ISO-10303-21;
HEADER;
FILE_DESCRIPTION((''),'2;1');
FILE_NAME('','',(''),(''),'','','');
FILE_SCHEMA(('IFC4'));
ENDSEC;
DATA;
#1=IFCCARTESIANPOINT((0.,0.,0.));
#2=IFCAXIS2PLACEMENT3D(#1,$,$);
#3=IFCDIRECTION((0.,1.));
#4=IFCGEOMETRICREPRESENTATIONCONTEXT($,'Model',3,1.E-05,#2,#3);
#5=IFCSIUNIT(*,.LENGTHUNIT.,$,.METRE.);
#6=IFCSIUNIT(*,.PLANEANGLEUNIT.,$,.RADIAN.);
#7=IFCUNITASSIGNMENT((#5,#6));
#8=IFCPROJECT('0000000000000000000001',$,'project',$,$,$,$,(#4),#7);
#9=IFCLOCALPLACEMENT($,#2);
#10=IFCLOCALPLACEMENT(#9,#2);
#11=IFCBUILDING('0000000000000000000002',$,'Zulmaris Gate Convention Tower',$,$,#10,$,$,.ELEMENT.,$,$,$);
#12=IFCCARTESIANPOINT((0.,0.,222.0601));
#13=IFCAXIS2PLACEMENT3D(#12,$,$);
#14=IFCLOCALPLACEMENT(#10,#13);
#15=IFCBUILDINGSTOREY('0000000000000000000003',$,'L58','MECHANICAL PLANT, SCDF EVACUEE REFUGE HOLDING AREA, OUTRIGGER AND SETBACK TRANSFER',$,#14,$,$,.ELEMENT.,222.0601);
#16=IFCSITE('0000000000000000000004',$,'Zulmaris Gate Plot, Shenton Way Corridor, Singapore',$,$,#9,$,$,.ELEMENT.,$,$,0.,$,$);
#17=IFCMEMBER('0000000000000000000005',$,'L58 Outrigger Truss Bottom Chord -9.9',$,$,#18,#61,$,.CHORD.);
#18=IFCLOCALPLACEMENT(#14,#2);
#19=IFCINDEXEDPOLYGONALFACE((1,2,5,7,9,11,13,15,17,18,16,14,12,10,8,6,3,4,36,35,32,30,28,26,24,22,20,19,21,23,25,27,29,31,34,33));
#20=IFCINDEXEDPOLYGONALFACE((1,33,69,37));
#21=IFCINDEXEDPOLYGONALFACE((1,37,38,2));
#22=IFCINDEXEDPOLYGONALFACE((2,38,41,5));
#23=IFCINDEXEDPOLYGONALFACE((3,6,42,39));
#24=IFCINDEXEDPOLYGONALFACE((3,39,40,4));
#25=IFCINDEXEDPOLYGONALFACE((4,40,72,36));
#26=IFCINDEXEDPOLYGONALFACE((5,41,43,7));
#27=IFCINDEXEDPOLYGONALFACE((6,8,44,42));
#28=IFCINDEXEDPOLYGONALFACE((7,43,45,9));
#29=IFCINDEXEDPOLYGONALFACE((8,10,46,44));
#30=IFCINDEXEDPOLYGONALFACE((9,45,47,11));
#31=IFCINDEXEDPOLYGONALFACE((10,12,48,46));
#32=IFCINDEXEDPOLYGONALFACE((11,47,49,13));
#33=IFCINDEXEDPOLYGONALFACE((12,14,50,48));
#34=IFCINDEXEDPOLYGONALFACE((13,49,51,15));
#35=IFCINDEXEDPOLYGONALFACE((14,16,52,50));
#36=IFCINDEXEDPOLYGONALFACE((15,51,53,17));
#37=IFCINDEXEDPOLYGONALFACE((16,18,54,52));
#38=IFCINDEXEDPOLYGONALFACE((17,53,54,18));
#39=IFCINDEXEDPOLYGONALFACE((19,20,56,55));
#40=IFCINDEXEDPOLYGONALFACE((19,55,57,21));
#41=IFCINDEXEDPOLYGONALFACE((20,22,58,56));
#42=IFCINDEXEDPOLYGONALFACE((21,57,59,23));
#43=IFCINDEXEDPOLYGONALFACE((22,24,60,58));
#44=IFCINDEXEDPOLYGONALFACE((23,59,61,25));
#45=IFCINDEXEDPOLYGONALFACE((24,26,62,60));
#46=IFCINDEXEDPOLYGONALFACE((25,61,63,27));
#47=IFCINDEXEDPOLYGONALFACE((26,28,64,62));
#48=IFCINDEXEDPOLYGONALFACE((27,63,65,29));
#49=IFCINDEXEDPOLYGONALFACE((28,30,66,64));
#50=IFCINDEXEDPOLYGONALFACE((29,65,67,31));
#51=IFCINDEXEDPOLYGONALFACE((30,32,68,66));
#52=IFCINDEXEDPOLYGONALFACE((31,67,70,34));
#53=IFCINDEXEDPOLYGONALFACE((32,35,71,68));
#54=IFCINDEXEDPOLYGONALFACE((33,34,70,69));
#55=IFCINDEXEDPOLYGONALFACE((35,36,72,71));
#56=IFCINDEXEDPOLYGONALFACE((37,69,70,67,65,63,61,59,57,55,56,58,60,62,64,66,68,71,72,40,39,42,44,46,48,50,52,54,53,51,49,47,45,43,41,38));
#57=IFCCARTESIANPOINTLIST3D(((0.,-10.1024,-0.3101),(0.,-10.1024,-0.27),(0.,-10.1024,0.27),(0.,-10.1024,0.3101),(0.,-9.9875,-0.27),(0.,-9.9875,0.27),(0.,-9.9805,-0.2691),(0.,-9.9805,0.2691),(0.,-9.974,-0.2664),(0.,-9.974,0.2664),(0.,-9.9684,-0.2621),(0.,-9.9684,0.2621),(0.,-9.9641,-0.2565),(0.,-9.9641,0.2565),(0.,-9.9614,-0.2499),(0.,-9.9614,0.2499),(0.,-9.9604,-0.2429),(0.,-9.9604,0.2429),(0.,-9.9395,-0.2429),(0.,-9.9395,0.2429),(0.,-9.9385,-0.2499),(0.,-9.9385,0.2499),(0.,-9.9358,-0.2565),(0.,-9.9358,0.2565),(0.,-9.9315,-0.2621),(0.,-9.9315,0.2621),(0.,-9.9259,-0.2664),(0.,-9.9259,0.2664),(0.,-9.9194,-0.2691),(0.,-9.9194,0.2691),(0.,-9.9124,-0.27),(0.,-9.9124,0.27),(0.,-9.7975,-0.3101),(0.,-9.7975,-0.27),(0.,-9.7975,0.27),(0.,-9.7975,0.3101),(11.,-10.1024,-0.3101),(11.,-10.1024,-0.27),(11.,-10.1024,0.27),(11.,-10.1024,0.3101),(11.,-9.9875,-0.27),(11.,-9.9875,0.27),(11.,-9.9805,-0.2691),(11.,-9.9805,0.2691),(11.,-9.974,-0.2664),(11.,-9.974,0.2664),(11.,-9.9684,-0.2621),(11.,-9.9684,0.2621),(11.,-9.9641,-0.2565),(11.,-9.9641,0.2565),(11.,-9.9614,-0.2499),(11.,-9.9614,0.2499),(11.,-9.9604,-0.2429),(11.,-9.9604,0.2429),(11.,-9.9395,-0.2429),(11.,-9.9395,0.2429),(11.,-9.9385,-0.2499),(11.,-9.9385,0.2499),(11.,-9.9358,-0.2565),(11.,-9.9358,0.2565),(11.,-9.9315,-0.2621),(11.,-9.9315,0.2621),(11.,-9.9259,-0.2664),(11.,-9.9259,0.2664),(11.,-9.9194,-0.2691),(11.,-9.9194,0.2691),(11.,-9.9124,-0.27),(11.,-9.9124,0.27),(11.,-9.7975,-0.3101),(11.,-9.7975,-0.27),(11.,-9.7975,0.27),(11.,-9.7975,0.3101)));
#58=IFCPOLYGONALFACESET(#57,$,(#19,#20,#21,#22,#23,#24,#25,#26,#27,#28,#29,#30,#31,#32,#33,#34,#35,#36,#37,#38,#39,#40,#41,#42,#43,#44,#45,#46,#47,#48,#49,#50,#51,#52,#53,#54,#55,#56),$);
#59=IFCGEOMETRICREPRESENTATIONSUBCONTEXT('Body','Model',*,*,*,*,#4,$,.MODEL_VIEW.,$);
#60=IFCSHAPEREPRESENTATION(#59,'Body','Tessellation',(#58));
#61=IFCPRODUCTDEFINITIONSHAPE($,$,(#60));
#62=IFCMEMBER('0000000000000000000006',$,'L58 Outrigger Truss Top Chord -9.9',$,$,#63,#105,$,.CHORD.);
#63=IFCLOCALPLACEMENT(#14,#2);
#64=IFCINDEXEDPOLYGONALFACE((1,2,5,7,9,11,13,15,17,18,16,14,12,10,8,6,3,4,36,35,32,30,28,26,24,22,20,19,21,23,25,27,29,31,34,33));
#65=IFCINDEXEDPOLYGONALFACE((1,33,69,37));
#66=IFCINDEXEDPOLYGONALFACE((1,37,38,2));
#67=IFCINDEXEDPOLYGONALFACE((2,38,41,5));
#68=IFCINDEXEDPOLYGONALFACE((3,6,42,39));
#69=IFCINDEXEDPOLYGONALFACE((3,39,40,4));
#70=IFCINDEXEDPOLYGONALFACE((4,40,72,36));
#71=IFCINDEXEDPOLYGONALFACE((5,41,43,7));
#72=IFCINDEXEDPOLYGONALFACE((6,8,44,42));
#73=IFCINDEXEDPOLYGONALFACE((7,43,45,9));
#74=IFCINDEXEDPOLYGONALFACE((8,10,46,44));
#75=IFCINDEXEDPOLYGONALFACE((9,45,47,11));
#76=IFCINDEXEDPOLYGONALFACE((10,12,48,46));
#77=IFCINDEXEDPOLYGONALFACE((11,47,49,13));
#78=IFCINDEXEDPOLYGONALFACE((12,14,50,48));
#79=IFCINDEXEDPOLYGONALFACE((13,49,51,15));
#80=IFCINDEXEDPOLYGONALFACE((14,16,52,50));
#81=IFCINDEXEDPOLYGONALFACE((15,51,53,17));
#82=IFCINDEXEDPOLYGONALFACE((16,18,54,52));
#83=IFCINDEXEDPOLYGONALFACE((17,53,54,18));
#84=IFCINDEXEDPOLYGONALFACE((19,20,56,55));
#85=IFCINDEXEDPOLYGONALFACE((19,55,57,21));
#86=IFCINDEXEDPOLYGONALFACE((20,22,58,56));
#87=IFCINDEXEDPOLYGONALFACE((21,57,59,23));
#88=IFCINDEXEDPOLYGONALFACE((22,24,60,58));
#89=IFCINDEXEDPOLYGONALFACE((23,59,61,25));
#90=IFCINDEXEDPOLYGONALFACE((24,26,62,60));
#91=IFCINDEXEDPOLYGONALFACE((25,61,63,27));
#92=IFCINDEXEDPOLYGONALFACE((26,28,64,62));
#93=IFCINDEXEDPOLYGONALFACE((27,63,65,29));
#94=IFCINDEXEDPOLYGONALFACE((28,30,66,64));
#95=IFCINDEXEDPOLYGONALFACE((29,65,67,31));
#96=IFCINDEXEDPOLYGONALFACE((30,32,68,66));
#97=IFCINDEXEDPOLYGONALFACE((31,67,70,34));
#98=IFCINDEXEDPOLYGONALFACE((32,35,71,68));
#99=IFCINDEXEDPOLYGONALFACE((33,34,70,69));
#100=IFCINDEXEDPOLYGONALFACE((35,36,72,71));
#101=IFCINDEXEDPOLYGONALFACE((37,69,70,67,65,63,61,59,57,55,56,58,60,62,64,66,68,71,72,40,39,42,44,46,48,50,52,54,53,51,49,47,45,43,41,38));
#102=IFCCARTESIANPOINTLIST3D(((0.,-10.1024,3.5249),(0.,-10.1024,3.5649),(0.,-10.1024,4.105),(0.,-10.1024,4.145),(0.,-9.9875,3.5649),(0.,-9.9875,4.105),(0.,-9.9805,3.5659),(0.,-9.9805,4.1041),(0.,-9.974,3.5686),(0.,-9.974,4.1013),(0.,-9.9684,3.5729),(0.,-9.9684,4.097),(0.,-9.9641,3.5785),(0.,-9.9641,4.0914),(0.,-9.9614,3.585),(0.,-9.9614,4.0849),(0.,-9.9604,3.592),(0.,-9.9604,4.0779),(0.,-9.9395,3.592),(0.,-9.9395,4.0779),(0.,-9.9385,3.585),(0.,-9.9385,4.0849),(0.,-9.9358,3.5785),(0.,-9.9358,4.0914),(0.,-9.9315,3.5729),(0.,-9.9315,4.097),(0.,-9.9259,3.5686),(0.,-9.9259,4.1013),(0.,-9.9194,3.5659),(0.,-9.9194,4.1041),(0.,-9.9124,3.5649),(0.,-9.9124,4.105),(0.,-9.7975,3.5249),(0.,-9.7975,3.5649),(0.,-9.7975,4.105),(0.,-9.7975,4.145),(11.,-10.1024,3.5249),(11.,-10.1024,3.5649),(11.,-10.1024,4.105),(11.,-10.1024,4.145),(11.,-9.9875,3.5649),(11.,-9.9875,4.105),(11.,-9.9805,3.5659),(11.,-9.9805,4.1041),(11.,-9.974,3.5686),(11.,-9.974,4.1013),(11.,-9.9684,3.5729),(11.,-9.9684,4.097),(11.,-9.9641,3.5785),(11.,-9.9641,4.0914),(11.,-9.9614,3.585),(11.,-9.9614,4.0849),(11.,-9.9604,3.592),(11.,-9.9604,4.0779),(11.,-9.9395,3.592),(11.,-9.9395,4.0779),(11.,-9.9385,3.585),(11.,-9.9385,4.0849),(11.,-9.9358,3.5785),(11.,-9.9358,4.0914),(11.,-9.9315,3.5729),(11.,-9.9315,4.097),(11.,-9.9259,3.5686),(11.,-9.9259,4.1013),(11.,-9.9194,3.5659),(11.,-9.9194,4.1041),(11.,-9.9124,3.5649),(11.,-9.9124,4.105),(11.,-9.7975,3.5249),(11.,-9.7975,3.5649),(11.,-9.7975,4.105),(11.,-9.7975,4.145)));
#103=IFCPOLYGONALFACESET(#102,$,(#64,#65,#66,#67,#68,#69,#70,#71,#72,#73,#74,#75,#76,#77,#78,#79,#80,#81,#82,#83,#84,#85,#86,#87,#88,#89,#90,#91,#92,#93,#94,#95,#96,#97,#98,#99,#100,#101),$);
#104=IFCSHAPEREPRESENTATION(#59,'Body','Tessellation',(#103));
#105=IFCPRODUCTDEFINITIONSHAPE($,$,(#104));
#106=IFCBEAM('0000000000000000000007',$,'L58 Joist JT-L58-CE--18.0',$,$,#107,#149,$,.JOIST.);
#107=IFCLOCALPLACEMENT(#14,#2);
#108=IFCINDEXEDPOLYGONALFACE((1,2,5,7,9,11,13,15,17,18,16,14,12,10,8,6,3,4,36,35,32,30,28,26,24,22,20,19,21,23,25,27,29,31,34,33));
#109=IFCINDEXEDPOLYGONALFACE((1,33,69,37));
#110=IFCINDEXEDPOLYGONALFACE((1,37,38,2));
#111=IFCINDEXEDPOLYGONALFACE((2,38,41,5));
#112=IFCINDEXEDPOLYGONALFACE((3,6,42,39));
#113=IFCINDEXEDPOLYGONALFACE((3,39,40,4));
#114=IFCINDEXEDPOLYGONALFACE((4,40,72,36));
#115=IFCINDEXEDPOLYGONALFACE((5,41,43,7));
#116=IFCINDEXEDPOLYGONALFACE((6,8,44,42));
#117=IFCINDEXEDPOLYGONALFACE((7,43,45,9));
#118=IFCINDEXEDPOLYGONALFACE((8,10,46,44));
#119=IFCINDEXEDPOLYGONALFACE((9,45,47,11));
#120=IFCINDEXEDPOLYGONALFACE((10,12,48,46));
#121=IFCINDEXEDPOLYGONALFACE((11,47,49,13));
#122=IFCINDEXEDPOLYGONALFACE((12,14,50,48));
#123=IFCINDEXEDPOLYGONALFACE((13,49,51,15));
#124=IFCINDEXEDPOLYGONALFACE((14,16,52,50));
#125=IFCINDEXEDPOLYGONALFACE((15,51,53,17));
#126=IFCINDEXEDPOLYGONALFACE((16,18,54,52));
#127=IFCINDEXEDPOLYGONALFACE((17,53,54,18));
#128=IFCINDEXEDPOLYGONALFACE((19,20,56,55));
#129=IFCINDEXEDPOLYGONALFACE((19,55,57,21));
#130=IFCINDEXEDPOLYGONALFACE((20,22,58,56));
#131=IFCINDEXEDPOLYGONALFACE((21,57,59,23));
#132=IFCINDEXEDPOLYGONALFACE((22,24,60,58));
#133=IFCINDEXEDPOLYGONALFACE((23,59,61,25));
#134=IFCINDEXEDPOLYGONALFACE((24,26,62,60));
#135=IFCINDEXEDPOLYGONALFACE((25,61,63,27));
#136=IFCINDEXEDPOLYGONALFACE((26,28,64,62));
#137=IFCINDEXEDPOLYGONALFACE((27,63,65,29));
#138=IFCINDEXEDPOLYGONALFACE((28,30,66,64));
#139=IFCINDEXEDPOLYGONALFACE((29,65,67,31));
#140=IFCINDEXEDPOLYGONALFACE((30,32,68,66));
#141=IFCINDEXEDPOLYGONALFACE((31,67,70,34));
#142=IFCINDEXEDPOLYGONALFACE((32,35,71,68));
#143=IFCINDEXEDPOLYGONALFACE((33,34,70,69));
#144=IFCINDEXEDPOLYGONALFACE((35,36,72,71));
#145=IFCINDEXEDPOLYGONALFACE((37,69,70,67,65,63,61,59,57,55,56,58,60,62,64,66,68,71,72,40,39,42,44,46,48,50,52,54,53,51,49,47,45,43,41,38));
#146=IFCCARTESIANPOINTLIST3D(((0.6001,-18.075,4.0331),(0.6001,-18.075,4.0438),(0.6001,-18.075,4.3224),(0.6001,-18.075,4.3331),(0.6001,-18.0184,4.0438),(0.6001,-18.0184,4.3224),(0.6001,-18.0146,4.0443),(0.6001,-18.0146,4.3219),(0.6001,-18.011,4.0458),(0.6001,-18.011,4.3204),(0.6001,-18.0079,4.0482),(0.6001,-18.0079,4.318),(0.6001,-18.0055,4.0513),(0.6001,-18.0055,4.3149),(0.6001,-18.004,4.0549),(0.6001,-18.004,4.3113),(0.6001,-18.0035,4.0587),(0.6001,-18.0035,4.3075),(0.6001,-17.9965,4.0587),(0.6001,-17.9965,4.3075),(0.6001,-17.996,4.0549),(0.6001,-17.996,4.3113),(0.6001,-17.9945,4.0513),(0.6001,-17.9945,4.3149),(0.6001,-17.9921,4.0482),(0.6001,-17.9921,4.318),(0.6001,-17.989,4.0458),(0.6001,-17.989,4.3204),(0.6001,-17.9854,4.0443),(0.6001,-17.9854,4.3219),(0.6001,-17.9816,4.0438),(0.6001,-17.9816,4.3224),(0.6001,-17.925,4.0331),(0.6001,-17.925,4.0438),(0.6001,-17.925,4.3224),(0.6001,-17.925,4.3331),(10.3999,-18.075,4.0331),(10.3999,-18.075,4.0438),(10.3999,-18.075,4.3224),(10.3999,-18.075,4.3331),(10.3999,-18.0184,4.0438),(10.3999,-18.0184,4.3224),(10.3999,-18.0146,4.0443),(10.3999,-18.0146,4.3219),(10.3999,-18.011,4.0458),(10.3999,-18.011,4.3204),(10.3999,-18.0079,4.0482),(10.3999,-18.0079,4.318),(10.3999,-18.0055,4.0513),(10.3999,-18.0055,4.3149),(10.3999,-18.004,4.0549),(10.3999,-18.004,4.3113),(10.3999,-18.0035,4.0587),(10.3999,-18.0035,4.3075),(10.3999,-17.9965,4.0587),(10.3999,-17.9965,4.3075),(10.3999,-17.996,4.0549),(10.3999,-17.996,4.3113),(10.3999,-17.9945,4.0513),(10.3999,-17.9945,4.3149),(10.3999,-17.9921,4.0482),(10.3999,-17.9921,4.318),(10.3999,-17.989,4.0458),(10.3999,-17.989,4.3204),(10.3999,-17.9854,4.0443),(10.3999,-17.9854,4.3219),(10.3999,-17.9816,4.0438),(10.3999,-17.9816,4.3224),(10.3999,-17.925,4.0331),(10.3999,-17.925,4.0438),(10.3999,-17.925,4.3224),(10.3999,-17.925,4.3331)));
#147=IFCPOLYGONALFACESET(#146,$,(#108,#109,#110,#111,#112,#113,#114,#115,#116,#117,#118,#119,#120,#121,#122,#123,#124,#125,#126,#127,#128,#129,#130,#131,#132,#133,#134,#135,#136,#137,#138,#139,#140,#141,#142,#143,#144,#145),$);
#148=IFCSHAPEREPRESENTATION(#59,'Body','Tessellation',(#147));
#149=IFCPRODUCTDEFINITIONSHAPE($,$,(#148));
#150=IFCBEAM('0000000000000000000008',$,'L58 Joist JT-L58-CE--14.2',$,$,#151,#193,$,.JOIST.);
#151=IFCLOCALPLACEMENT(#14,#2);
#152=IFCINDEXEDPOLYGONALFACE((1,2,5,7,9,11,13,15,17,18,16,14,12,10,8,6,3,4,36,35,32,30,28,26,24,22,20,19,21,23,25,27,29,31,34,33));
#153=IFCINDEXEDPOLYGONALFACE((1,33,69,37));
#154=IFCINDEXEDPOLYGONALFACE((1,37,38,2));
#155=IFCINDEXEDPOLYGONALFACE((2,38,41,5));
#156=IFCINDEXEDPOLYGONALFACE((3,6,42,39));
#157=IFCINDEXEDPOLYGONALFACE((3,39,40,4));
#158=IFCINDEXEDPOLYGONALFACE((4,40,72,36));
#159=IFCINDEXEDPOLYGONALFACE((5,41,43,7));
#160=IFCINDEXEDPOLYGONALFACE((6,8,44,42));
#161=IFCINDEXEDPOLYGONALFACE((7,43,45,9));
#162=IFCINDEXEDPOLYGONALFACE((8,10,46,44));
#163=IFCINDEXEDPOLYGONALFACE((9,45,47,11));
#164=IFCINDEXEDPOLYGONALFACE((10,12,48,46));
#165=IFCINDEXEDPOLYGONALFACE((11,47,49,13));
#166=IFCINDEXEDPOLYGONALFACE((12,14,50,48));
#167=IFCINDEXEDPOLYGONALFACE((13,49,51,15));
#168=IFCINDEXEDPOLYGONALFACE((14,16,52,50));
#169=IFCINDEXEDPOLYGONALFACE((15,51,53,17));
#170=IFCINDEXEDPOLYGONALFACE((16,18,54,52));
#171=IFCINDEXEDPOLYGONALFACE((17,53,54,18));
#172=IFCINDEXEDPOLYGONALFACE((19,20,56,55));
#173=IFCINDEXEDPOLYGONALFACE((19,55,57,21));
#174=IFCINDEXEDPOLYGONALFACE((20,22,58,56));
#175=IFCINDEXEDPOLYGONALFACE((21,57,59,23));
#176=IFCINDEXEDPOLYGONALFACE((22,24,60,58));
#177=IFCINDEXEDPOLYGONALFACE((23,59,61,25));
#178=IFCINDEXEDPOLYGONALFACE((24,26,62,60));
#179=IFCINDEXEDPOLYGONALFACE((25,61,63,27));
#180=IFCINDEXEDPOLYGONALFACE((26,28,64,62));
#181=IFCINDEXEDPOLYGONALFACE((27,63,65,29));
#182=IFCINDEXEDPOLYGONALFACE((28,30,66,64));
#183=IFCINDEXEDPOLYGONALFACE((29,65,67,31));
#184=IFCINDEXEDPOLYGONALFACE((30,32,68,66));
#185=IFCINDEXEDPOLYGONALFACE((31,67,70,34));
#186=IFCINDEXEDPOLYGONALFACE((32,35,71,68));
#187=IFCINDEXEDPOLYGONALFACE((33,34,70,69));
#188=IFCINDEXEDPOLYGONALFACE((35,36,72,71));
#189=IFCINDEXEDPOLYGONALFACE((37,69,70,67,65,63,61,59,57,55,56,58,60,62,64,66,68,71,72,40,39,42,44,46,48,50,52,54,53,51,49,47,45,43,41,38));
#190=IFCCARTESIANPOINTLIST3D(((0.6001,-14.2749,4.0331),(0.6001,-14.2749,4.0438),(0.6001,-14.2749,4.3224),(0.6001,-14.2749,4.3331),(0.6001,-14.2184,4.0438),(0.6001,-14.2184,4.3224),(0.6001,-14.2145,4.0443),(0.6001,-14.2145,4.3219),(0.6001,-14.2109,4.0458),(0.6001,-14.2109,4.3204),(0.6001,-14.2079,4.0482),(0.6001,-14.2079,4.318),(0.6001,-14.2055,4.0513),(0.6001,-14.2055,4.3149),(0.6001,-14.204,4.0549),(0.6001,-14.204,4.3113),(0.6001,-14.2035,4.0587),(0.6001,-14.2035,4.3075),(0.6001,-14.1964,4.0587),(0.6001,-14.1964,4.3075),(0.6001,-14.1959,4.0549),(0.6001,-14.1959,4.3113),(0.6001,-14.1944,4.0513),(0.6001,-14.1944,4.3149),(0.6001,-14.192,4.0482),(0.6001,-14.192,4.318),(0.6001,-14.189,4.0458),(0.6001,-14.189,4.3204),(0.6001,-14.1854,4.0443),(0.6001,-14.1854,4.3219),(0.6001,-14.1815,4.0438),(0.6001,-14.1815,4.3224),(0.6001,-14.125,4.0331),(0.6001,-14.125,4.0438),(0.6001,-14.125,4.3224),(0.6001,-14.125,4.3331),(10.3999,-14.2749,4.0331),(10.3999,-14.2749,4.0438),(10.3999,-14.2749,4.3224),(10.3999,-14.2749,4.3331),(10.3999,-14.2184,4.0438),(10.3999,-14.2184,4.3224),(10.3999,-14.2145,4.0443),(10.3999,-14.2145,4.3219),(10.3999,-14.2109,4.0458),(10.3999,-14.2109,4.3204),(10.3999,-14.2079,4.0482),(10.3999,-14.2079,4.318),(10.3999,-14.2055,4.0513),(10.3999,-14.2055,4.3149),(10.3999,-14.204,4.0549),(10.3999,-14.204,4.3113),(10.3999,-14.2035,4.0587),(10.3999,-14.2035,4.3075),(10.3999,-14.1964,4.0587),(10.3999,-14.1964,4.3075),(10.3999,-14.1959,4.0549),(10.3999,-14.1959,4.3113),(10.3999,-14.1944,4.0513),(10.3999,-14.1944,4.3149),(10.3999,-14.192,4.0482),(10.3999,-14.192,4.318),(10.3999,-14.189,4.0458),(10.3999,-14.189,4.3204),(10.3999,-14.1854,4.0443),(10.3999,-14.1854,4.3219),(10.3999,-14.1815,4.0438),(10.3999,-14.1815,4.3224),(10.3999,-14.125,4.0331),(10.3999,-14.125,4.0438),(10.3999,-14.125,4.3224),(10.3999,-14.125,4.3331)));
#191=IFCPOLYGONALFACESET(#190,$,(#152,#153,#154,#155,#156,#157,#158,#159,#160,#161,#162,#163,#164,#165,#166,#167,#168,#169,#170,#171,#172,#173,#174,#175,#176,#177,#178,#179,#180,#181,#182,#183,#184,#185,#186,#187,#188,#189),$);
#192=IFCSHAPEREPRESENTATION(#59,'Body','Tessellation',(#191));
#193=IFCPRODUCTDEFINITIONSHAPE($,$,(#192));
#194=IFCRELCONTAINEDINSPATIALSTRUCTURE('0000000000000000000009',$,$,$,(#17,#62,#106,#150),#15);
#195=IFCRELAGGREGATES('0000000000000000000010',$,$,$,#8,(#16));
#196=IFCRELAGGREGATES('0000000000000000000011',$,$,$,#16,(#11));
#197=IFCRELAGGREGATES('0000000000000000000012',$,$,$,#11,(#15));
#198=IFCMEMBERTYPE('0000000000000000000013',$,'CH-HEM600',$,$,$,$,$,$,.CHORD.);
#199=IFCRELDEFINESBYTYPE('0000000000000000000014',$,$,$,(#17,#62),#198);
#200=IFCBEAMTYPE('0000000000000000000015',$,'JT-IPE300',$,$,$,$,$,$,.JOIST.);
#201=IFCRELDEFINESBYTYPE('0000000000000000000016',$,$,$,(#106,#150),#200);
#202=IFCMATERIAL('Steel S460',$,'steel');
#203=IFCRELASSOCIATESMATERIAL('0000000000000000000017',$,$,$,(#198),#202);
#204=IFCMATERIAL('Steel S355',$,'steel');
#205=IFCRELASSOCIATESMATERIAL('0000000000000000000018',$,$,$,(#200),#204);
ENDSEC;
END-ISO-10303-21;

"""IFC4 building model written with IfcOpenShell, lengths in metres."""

from ifc_helpers import new_model, si_unit, direction, frame, origin, origin_2d, place, context, subcontext, project, spatial, i_section, extrude, material, material_profile, profile_set, type_object, element, save


model = new_model("IFC4")

# Units and contexts
model_context = context("Model", 3, precision=1e-05, world=origin(), true_north=direction((0.0, 1.0)))
body_context = subcontext(model_context, "Body", "Model", "MODEL_VIEW")
ifc_project = project(units=[si_unit("LENGTHUNIT", "METRE"), si_unit("PLANEANGLEUNIT", "RADIAN")], contexts=[model_context])

# Site, building, storey
site_placement = place(None, origin())
site = spatial("IfcSite", under=ifc_project, at=site_placement, Name="Zulmaris Gate Plot, Shenton Way Corridor, Singapore", CompositionType="ELEMENT", RefElevation=0.0)
building_placement = place(site_placement, origin())
building = spatial("IfcBuilding", under=site, at=building_placement, Name="Zulmaris Gate Convention Tower", CompositionType="ELEMENT")
storey_placement = place(building_placement, frame((0.0, 0.0, 222.0601)))
storey = spatial("IfcBuildingStorey", under=building, at=storey_placement, Name="L58", Description="MECHANICAL PLANT, SCDF EVACUEE REFUGE HOLDING AREA, OUTRIGGER AND SETBACK TRANSFER", CompositionType="ELEMENT", Elevation=222.0601)

# Members
ifc_material_1 = material(Name="Steel S460", Category="steel")
ifc_material_profile_1 = material_profile(ifc_material_1, i_section(OverallWidth=0.3049, OverallDepth=0.6201, WebThickness=0.021, FlangeThickness=0.04, FilletRadius=0.0271, at=origin_2d()), Name="HEM 600")
ifc_profile_set_1 = profile_set([ifc_material_profile_1], Name="Steel S460")
member_type_1 = type_object("IfcMemberType", Name="CH-HEM600", PredefinedType="CHORD", material=ifc_profile_set_1)
for number, where, z_axis, x_axis, name in (
    (1, (0.0, -9.95, 0.0), (1.0, 0.0, 0.0), (0.0, 1.0, 0.0), "L58 Outrigger Truss Bottom Chord -9.9"),
    (2, (0.0, -9.95, 3.835), (1.0, 0.0, 0.0), (0.0, 1.0, 0.0), "L58 Outrigger Truss Top Chord -9.9"),
):
    element("IfcMember", number, at=place(storey_placement, frame(where, z_axis=z_axis, x_axis=x_axis)), inside=storey, type_object=member_type_1, Name=name, PredefinedType="CHORD", context=body_context, shape_type="SweptSolid", body=[
        extrude(i_section(OverallWidth=0.3049, OverallDepth=0.6201, WebThickness=0.021, FlangeThickness=0.04, FilletRadius=0.0271, at=origin_2d()), origin(), (0.0, 0.0, 1.0), 11.0),
    ])

# Beams
ifc_material_2 = material(Name="Steel S355", Category="steel")
ifc_material_profile_2 = material_profile(ifc_material_2, i_section(OverallWidth=0.1499, OverallDepth=0.3, WebThickness=0.0071, FlangeThickness=0.0107, FilletRadius=0.0149, at=origin_2d()), Name="IPE 300")
ifc_profile_set_2 = profile_set([ifc_material_profile_2], Name="Steel S355")
beam_type_1 = type_object("IfcBeamType", Name="JT-IPE300", PredefinedType="JOIST", material=ifc_profile_set_2)
for number, where, z_axis, x_axis, name in (
    (3, (0.6001, -18.0, 4.1831), (1.0, 0.0, 0.0), (0.0, 1.0, 0.0), "L58 Joist JT-L58-CE--18.0"),
    (4, (0.6001, -14.2, 4.1831), (1.0, 0.0, 0.0), (0.0, 1.0, 0.0), "L58 Joist JT-L58-CE--14.2"),
):
    element("IfcBeam", number, at=place(storey_placement, frame(where, z_axis=z_axis, x_axis=x_axis)), inside=storey, type_object=beam_type_1, Name=name, PredefinedType="JOIST", context=body_context, shape_type="SweptSolid", body=[
        extrude(i_section(OverallWidth=0.1499, OverallDepth=0.3, WebThickness=0.0071, FlangeThickness=0.0107, FilletRadius=0.0149, at=origin_2d()), origin(), (0.0, 0.0, 1.0), 9.7998),
    ])

save(model, "model.ifc")
